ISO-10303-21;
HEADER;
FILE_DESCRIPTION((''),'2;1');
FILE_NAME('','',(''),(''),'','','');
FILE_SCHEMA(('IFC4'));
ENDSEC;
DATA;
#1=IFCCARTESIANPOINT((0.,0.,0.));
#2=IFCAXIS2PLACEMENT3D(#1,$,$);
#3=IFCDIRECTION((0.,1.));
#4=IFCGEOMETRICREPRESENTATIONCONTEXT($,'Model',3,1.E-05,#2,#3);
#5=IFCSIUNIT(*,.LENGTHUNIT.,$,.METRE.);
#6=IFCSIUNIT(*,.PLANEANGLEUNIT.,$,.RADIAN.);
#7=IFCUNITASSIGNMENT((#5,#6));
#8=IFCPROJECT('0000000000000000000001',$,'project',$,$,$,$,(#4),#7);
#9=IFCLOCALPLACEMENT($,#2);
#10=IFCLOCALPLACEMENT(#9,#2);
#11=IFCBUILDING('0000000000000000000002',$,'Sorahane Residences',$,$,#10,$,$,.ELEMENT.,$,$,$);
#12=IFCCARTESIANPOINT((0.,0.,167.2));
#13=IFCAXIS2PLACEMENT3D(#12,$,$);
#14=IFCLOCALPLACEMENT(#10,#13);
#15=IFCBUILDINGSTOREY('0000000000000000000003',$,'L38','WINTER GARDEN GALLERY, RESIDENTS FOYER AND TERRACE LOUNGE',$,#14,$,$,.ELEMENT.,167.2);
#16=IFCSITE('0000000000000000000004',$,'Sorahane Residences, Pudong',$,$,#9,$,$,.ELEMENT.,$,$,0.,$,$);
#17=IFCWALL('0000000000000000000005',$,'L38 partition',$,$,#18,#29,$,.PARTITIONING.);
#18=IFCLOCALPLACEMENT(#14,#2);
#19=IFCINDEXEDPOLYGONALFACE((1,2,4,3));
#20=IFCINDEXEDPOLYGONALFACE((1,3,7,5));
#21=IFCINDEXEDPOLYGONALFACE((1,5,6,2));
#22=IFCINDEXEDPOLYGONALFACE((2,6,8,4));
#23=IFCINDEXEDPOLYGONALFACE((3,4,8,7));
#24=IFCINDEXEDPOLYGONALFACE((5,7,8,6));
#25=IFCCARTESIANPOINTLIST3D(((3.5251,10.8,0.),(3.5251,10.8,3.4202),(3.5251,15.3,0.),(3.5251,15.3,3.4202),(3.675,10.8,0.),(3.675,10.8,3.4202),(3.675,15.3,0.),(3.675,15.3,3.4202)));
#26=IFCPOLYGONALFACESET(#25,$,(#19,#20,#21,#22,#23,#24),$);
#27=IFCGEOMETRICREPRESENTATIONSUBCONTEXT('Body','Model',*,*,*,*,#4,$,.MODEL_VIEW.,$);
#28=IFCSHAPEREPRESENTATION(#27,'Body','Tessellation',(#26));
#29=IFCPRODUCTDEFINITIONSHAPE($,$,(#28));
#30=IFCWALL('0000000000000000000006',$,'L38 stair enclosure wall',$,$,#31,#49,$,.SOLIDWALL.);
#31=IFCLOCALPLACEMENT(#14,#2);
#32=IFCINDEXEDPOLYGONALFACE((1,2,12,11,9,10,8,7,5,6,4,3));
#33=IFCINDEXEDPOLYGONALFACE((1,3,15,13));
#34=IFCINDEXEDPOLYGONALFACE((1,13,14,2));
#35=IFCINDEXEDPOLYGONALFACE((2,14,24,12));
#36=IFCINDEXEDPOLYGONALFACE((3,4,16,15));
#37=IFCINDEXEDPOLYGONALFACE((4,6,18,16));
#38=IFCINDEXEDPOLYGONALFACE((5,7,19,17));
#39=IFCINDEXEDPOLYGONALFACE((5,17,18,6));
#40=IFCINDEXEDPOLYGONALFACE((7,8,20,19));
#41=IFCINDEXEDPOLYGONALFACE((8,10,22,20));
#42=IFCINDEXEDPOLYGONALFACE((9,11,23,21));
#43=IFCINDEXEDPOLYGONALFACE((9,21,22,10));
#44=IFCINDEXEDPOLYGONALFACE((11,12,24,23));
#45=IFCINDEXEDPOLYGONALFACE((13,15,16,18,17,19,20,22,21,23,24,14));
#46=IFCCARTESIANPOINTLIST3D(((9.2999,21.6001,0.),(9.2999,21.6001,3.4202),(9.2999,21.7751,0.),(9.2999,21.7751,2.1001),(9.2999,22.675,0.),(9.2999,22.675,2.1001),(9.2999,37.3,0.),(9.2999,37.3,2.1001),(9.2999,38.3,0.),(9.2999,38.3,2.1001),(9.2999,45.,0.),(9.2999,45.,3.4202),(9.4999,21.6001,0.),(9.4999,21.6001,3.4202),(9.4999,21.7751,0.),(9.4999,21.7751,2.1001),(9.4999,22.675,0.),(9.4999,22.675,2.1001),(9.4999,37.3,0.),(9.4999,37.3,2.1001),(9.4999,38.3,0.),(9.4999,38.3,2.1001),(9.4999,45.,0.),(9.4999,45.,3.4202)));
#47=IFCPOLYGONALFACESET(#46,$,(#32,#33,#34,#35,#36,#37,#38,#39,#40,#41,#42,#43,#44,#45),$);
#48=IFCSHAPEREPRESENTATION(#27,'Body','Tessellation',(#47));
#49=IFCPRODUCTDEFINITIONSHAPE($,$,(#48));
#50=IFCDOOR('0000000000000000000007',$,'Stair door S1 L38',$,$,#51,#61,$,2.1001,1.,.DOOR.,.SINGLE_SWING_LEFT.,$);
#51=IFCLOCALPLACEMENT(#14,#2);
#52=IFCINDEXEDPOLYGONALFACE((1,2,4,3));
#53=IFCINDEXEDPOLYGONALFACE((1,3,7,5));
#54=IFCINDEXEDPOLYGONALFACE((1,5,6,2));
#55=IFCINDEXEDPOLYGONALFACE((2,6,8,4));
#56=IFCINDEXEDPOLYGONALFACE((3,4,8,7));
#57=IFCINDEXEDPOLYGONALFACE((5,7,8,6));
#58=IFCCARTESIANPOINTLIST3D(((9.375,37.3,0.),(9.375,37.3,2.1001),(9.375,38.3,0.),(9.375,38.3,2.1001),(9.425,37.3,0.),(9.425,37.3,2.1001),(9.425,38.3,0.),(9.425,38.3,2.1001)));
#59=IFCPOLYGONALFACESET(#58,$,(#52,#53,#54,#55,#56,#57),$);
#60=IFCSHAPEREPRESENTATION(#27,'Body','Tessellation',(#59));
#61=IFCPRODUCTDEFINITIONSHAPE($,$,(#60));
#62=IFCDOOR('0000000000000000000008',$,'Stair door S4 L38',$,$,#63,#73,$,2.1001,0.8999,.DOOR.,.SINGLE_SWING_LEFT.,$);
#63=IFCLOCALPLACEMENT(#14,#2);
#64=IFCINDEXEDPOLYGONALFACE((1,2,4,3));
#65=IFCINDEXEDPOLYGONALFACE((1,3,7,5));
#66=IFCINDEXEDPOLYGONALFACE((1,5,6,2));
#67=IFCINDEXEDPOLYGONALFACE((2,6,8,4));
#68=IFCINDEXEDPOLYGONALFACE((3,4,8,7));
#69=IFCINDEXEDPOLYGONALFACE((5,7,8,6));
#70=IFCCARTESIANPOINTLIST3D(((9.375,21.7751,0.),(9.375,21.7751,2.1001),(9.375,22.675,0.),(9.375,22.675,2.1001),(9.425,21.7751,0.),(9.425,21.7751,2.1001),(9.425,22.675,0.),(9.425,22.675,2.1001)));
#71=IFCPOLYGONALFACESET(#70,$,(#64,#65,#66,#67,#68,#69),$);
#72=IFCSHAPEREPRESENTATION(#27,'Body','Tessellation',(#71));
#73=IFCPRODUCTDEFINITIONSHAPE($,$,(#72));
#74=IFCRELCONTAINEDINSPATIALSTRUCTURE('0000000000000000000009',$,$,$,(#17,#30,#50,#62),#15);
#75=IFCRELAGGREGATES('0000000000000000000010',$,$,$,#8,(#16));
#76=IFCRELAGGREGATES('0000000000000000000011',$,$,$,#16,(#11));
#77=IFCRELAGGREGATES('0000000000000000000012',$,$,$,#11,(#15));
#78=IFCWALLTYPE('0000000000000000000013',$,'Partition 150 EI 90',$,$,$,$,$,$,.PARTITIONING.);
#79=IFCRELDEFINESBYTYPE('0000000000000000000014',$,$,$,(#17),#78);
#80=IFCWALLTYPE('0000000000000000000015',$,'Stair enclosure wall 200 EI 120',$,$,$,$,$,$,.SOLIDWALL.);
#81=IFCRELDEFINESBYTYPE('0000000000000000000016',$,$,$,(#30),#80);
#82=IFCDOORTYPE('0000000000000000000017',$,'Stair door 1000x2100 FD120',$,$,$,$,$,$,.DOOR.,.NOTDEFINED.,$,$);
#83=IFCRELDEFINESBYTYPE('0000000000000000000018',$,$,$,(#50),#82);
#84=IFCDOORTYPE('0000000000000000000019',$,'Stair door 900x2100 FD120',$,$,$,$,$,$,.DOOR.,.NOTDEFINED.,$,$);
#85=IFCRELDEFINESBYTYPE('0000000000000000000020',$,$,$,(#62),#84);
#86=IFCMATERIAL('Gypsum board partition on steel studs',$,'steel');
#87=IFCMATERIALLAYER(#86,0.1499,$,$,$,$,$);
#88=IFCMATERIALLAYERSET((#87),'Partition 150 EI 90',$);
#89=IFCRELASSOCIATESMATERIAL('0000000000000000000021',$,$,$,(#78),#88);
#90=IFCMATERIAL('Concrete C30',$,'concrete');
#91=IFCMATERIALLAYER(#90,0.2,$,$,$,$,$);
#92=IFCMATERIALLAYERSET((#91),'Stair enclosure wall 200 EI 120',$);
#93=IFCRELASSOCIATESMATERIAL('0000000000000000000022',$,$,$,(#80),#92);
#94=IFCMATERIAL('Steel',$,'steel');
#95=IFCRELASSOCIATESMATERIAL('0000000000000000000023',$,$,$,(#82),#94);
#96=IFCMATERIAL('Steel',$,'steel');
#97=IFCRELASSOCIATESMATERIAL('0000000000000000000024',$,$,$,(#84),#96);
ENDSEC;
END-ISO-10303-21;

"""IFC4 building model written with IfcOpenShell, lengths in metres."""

from ifc_helpers import new_model, si_unit, direction, frame, frame_2d, origin, place, context, subcontext, project, spatial, rectangle, extrude, material, layer, layer_set, type_object, element, fill, save


model = new_model("IFC4")

# Units and contexts
model_context = context("Model", 3, precision=1e-05, world=origin(), true_north=direction((0.0, 1.0)))
body_context = subcontext(model_context, "Body", "Model", "MODEL_VIEW")
ifc_project = project(units=[si_unit("LENGTHUNIT", "METRE"), si_unit("PLANEANGLEUNIT", "RADIAN")], contexts=[model_context])

# Site, building, storey
site_placement = place(None, origin())
site = spatial("IfcSite", under=ifc_project, at=site_placement, Name="Sorahane Residences, Pudong", CompositionType="ELEMENT", RefElevation=0.0)
building_placement = place(site_placement, origin())
building = spatial("IfcBuilding", under=site, at=building_placement, Name="Sorahane Residences", CompositionType="ELEMENT")
storey_placement = place(building_placement, frame((0.0, 0.0, 167.2)))
storey = spatial("IfcBuildingStorey", under=building, at=storey_placement, Name="L38", Description="WINTER GARDEN GALLERY, RESIDENTS FOYER AND TERRACE LOUNGE", CompositionType="ELEMENT", Elevation=167.2)

# Wall
ifc_material_1 = material(Name="Gypsum board partition on steel studs", Category="steel")
ifc_layer_1 = layer(ifc_material_1, 0.1499)
ifc_layer_set_1 = layer_set([ifc_layer_1], Name="Partition 150 EI 90")
wall_type_1 = type_object("IfcWallType", Name="Partition 150 EI 90", PredefinedType="PARTITIONING", material=ifc_layer_set_1)
wall_1_placement = place(storey_placement, frame((3.6001, 10.8, 0.0), z_axis=(0.0, 0.0, 1.0), x_axis=(0.0, 1.0, 0.0)))
element("IfcWall", 1, at=wall_1_placement, inside=storey, type_object=wall_type_1, Name="L38 partition", PredefinedType="PARTITIONING", context=body_context, shape_type="SweptSolid", body=[
    extrude(rectangle(XDim=4.5, YDim=0.1499, at=frame_2d((2.25, 0.0))), origin(), (0.0, 0.0, 1.0), 3.4202),
])

# Wall, openings, doors
ifc_material_2 = material(Name="Concrete C30", Category="concrete")
ifc_layer_2 = layer(ifc_material_2, 0.2)
ifc_layer_set_2 = layer_set([ifc_layer_2], Name="Stair enclosure wall 200 EI 120")
wall_type_2 = type_object("IfcWallType", Name="Stair enclosure wall 200 EI 120", PredefinedType="SOLIDWALL", material=ifc_layer_set_2)
wall_2_placement = place(storey_placement, frame((9.3999, 21.6001, 0.0), z_axis=(0.0, 0.0, 1.0), x_axis=(0.0, 1.0, 0.0)))
wall_2 = element("IfcWall", 2, at=wall_2_placement, inside=storey, type_object=wall_type_2, Name="L38 stair enclosure wall", PredefinedType="SOLIDWALL", context=body_context, shape_type="SweptSolid", body=[
    extrude(rectangle(XDim=23.3999, YDim=0.2, at=frame_2d((11.7, 0.0))), origin(), (0.0, 0.0, 1.0), 3.4202),
])
opening_1_placement = place(wall_2_placement, frame((15.7, 0.0, 0.0)))
opening_1 = element("IfcOpeningElement", 3, at=opening_1_placement, cuts=wall_2, PredefinedType="OPENING", context=body_context, shape_type="SweptSolid", body=[
    extrude(rectangle(XDim=1.0, YDim=2.1001, at=frame_2d((0.5, 1.05))), frame((0.0, 0.1099, 0.0), z_axis=(0.0, -1.0, 0.0), x_axis=(1.0, 0.0, 0.0)), (0.0, 0.0, 1.0), 0.22),
])
opening_2_placement = place(wall_2_placement, frame((0.175, 0.0, 0.0)))
opening_2 = element("IfcOpeningElement", 4, at=opening_2_placement, cuts=wall_2, PredefinedType="OPENING", context=body_context, shape_type="SweptSolid", body=[
    extrude(rectangle(XDim=0.8999, YDim=2.1001, at=frame_2d((0.45, 1.05))), frame((0.0, 0.1099, 0.0), z_axis=(0.0, -1.0, 0.0), x_axis=(1.0, 0.0, 0.0)), (0.0, 0.0, 1.0), 0.22),
])
ifc_material_3 = material(Name="Steel", Category="steel")
door_type_1 = type_object("IfcDoorType", Name="Stair door 1000x2100 FD120", OperationType="NOTDEFINED", PredefinedType="DOOR", material=ifc_material_3)
door_1_placement = place(opening_1_placement, origin())
door_1 = element("IfcDoor", 5, at=door_1_placement, inside=storey, type_object=door_type_1, Name="Stair door S1 L38", OperationType="SINGLE_SWING_LEFT", OverallHeight=2.1001, OverallWidth=1.0, PredefinedType="DOOR", context=body_context, shape_type="SweptSolid", body=[
    extrude(rectangle(XDim=1.0, YDim=2.1001, at=frame_2d((0.5, 1.05))), frame((0.0, 0.0249, 0.0), z_axis=(0.0, -1.0, 0.0), x_axis=(1.0, 0.0, 0.0)), (0.0, 0.0, 1.0), 0.05),
])
fill(opening_1, door_1)
ifc_material_4 = material(Name="Steel", Category="steel")
door_type_2 = type_object("IfcDoorType", Name="Stair door 900x2100 FD120", OperationType="NOTDEFINED", PredefinedType="DOOR", material=ifc_material_4)
door_2_placement = place(opening_2_placement, origin())
door_2 = element("IfcDoor", 6, at=door_2_placement, inside=storey, type_object=door_type_2, Name="Stair door S4 L38", OperationType="SINGLE_SWING_LEFT", OverallHeight=2.1001, OverallWidth=0.8999, PredefinedType="DOOR", context=body_context, shape_type="SweptSolid", body=[
    extrude(rectangle(XDim=0.8999, YDim=2.1001, at=frame_2d((0.45, 1.05))), frame((0.0, 0.0249, 0.0), z_axis=(0.0, -1.0, 0.0), x_axis=(1.0, 0.0, 0.0)), (0.0, 0.0, 1.0), 0.05),
])
fill(opening_2, door_2)

save(model, "model.ifc")
